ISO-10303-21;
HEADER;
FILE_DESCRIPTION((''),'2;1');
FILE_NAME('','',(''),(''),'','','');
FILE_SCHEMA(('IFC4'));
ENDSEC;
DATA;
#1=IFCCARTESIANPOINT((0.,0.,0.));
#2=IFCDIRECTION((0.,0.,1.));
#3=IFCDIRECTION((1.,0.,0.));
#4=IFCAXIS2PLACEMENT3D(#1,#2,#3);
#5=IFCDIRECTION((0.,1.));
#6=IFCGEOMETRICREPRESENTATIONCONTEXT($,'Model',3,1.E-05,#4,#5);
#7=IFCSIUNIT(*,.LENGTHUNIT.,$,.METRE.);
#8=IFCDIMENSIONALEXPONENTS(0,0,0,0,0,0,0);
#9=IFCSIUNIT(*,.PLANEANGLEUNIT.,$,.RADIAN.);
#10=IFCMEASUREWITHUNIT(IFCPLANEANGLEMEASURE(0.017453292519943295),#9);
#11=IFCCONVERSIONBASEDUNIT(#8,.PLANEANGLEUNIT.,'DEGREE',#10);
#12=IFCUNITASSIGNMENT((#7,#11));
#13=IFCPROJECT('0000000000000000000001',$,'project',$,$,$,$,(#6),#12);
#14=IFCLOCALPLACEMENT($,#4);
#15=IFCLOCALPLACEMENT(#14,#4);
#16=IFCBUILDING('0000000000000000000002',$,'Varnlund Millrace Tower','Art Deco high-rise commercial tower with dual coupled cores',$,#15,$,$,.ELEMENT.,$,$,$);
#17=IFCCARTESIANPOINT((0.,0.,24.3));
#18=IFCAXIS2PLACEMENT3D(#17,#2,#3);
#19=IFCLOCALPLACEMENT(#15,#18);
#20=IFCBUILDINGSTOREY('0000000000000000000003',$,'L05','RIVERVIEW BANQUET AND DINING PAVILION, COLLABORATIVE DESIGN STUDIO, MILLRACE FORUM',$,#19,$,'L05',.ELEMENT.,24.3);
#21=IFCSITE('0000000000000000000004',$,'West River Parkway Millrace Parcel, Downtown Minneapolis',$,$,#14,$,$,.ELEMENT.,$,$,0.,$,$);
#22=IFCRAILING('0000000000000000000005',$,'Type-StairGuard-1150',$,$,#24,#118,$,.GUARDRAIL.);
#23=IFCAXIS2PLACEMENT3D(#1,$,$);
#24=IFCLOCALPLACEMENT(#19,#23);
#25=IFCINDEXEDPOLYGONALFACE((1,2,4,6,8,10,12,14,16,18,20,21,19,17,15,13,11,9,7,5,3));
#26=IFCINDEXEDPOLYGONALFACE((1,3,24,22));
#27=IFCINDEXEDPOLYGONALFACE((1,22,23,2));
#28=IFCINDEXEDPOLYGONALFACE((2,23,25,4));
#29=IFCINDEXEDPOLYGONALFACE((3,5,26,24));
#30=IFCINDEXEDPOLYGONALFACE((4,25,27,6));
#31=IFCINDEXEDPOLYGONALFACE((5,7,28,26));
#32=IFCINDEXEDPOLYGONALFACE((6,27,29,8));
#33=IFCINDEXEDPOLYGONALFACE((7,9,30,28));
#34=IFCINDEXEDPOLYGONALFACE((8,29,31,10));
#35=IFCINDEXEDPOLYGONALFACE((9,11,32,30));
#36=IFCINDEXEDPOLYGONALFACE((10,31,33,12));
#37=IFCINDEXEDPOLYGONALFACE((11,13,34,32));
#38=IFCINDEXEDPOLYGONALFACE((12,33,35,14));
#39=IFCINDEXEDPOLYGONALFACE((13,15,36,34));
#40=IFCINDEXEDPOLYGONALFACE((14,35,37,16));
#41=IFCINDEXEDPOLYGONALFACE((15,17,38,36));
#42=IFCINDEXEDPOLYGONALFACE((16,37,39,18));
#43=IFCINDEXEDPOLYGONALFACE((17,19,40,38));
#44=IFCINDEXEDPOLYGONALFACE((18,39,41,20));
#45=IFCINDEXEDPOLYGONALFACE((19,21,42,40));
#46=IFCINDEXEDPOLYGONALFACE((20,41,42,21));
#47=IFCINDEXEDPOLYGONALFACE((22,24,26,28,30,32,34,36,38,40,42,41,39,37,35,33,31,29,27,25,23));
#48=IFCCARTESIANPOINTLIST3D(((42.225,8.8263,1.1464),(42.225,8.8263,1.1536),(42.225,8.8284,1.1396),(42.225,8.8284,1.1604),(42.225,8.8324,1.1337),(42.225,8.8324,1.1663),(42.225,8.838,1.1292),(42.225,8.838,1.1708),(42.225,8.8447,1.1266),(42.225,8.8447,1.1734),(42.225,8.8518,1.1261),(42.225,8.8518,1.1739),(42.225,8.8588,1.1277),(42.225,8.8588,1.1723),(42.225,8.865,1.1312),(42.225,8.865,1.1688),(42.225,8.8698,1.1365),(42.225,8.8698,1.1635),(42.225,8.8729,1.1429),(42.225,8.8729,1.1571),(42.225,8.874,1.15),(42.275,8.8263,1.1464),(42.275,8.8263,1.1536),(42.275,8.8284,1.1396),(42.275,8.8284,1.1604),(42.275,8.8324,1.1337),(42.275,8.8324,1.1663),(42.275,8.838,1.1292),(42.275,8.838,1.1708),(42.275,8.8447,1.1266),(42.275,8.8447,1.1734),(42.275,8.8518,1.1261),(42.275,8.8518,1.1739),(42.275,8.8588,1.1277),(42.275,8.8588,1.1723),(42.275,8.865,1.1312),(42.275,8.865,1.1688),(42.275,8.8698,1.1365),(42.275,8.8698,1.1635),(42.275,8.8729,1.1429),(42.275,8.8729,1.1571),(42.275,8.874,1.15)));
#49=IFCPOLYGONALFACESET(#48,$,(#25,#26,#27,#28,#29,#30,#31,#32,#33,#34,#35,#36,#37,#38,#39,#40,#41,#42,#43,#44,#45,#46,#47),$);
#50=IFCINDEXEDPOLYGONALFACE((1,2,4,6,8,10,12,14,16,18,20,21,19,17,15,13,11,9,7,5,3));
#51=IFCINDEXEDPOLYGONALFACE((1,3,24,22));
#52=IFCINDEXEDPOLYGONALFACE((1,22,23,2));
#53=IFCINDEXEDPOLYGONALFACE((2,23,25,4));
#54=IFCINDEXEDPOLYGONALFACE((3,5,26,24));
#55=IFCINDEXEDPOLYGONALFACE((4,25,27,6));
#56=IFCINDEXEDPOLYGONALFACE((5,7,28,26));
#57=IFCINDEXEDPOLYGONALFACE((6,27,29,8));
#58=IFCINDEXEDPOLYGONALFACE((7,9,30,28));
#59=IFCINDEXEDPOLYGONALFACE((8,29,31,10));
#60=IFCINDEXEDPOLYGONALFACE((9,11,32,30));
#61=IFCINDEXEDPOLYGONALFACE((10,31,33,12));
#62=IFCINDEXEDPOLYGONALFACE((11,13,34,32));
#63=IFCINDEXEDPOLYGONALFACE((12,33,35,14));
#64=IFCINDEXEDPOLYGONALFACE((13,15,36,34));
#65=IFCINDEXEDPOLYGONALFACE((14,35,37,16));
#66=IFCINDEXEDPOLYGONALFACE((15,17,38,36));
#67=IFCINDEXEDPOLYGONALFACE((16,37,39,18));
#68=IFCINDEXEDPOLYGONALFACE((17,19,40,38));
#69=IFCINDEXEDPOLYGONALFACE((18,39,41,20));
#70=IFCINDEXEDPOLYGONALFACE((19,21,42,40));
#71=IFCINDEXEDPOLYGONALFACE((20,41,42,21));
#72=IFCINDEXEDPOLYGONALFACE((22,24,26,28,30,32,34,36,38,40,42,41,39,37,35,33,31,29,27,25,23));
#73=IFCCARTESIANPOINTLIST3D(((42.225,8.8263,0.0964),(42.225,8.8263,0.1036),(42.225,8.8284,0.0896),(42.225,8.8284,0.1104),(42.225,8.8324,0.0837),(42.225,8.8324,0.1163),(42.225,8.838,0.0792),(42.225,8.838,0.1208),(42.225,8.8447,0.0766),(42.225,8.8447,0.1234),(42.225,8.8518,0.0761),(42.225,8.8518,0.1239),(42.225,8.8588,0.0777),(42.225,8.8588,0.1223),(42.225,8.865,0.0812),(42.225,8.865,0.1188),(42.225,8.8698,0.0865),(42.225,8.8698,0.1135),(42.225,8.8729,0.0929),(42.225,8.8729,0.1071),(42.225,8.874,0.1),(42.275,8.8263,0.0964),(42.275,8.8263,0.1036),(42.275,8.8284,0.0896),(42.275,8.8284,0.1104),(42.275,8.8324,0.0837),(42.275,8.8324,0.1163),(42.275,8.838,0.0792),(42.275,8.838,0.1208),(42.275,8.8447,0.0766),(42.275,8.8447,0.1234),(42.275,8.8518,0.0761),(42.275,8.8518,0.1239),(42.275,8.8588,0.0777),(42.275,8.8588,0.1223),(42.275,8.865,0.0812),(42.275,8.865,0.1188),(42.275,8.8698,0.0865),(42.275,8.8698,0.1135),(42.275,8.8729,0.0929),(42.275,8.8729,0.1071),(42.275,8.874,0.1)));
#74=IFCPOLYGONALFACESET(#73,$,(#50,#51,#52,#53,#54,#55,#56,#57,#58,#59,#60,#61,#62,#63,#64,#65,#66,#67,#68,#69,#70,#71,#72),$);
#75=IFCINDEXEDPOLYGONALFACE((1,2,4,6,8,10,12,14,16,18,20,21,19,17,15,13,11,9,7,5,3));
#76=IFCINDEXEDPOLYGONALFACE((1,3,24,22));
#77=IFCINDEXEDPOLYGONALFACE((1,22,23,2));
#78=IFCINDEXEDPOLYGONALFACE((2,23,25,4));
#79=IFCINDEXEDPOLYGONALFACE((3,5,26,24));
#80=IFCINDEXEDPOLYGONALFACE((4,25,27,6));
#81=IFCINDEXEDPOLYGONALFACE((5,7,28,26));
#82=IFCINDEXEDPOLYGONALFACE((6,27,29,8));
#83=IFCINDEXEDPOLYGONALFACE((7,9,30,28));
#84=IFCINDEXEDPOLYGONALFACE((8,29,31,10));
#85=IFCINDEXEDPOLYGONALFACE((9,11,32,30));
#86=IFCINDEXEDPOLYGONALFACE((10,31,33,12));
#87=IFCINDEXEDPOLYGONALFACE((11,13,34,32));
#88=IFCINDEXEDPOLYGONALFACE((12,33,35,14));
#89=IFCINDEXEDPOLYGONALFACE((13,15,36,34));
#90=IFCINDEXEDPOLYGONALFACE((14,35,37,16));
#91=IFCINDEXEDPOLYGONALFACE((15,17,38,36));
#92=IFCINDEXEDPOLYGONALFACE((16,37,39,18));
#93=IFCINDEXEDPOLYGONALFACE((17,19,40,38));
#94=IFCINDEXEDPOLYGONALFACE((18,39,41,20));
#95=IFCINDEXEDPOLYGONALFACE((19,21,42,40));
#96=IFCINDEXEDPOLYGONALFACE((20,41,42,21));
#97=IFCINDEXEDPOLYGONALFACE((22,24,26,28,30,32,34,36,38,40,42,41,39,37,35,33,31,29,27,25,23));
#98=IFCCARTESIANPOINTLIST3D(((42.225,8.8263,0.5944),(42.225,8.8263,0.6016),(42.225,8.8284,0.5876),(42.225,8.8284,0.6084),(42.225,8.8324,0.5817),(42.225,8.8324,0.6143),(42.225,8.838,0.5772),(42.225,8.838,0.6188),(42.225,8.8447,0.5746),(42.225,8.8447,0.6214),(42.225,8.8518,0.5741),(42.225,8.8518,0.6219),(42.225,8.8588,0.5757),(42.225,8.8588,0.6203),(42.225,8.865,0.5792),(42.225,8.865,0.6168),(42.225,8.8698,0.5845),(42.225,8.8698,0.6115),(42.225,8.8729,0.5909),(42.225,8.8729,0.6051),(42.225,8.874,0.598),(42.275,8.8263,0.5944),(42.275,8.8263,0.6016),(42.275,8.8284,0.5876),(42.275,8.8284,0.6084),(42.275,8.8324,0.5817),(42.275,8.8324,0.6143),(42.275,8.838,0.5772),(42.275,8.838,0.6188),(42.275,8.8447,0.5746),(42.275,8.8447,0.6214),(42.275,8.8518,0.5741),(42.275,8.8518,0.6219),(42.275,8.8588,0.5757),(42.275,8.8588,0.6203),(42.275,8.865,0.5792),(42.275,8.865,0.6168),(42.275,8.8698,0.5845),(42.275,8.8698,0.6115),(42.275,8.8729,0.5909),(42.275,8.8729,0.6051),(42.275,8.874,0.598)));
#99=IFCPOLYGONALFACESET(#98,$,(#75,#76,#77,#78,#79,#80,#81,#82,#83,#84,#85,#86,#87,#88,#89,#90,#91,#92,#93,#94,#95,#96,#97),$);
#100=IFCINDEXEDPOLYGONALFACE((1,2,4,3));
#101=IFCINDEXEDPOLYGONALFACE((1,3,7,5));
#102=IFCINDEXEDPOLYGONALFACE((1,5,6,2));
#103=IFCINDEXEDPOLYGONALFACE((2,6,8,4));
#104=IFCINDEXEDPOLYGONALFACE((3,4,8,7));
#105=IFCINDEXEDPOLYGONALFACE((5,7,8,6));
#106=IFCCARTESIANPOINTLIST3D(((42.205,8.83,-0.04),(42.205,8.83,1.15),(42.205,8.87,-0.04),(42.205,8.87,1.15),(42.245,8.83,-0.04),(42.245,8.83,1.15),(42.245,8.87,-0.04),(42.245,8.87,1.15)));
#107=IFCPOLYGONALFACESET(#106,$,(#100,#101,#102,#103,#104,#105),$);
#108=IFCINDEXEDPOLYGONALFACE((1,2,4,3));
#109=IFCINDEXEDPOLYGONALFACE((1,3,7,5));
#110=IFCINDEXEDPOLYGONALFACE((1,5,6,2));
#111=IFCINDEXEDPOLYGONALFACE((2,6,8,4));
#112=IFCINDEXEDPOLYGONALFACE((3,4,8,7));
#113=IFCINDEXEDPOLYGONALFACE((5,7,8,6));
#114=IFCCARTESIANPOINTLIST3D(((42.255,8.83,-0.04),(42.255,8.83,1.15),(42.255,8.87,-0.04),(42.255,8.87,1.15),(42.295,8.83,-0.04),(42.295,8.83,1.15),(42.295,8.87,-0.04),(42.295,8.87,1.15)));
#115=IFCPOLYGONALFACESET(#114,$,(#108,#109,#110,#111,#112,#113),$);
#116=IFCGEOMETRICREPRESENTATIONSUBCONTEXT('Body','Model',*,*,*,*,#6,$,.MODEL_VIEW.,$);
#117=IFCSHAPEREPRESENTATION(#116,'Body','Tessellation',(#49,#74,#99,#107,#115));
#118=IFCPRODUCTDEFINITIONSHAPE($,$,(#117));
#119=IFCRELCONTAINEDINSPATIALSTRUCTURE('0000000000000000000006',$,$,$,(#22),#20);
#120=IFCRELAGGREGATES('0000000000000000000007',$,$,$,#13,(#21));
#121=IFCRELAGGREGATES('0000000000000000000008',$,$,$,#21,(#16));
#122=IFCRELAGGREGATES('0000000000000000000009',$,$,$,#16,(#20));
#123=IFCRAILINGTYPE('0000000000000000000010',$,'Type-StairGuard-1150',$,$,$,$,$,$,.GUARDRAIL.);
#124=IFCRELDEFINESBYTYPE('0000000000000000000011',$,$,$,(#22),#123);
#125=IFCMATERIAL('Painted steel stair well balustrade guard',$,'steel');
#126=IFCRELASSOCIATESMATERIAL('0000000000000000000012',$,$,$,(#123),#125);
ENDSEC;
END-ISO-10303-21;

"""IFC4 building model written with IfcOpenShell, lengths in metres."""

from ifc_helpers import new_model, entity, si_unit, converted_unit, direction, frame, origin_with_axes, origin_2d_with_axis, place, context, subcontext, project, spatial, rectangle, circle, extrude, material, type_object, element, save


model = new_model("IFC4")

# Units and contexts
model_context = context("Model", 3, precision=1e-05, world=origin_with_axes(), true_north=direction((0.0, 1.0)))
body_context = subcontext(model_context, "Body", "Model", "MODEL_VIEW")
ifc_project = project(units=[si_unit("LENGTHUNIT", "METRE"), converted_unit("PLANEANGLEUNIT", "DEGREE", entity("IfcPlaneAngleMeasure", 0.017453292519943295), si_unit("PLANEANGLEUNIT", "RADIAN"), dimensions=[0, 0, 0, 0, 0, 0, 0])], contexts=[model_context])

# Site, building, storey
site_placement = place(None, origin_with_axes())
site = spatial("IfcSite", under=ifc_project, at=site_placement, Name="West River Parkway Millrace Parcel, Downtown Minneapolis", CompositionType="ELEMENT", RefElevation=0.0)
building_placement = place(site_placement, origin_with_axes())
building = spatial("IfcBuilding", under=site, at=building_placement, Name="Varnlund Millrace Tower", Description="Art Deco high-rise commercial tower with dual coupled cores", CompositionType="ELEMENT")
storey_placement = place(building_placement, frame((0.0, 0.0, 24.3), z_axis=(0.0, 0.0, 1.0), x_axis=(1.0, 0.0, 0.0)))
storey = spatial("IfcBuildingStorey", under=building, at=storey_placement, Name="L05", Description="RIVERVIEW BANQUET AND DINING PAVILION, COLLABORATIVE DESIGN STUDIO, MILLRACE FORUM", LongName="L05", CompositionType="ELEMENT", Elevation=24.3)

# Railing
ifc_material_1 = material(Name="Painted steel stair well balustrade guard", Category="steel")
railing_type_1 = type_object("IfcRailingType", Name="Type-StairGuard-1150", PredefinedType="GUARDRAIL", material=ifc_material_1)
railing_1_placement = place(storey_placement, frame((0.0, 0.0, -24.3), z_axis=(0.0, 0.0, 1.0), x_axis=(1.0, 0.0, 0.0)))
element("IfcRailing", 1, at=railing_1_placement, inside=storey, type_object=railing_type_1, Name="Type-StairGuard-1150", PredefinedType="GUARDRAIL", context=body_context, shape_type="SweptSolid", body=[
    extrude(circle(Radius=0.024, at=origin_2d_with_axis()), frame((42.225, 8.85, 25.45), z_axis=(1.0, 0.0, 0.0), x_axis=(0.0, 1.0, 0.0)), (0.0, 0.0, 1.0), 0.05),
    extrude(circle(Radius=0.024, at=origin_2d_with_axis()), frame((42.225, 8.85, 24.4), z_axis=(1.0, 0.0, 0.0), x_axis=(0.0, 1.0, 0.0)), (0.0, 0.0, 1.0), 0.05),
    extrude(circle(Radius=0.024, at=origin_2d_with_axis()), frame((42.225, 8.85, 24.898), z_axis=(1.0, 0.0, 0.0), x_axis=(0.0, 1.0, 0.0)), (0.0, 0.0, 1.0), 0.05),
    extrude(rectangle(XDim=0.04, YDim=0.04, at=origin_2d_with_axis()), frame((42.225, 8.85, 24.26), z_axis=(0.0, 0.0, 1.0), x_axis=(1.0, 0.0, 0.0)), (0.0, 0.0, 1.0), 1.19),
    extrude(rectangle(XDim=0.04, YDim=0.04, at=origin_2d_with_axis()), frame((42.275, 8.85, 24.26), z_axis=(0.0, 0.0, 1.0), x_axis=(1.0, 0.0, 0.0)), (0.0, 0.0, 1.0), 1.19),
])

save(model, "model.ifc")
